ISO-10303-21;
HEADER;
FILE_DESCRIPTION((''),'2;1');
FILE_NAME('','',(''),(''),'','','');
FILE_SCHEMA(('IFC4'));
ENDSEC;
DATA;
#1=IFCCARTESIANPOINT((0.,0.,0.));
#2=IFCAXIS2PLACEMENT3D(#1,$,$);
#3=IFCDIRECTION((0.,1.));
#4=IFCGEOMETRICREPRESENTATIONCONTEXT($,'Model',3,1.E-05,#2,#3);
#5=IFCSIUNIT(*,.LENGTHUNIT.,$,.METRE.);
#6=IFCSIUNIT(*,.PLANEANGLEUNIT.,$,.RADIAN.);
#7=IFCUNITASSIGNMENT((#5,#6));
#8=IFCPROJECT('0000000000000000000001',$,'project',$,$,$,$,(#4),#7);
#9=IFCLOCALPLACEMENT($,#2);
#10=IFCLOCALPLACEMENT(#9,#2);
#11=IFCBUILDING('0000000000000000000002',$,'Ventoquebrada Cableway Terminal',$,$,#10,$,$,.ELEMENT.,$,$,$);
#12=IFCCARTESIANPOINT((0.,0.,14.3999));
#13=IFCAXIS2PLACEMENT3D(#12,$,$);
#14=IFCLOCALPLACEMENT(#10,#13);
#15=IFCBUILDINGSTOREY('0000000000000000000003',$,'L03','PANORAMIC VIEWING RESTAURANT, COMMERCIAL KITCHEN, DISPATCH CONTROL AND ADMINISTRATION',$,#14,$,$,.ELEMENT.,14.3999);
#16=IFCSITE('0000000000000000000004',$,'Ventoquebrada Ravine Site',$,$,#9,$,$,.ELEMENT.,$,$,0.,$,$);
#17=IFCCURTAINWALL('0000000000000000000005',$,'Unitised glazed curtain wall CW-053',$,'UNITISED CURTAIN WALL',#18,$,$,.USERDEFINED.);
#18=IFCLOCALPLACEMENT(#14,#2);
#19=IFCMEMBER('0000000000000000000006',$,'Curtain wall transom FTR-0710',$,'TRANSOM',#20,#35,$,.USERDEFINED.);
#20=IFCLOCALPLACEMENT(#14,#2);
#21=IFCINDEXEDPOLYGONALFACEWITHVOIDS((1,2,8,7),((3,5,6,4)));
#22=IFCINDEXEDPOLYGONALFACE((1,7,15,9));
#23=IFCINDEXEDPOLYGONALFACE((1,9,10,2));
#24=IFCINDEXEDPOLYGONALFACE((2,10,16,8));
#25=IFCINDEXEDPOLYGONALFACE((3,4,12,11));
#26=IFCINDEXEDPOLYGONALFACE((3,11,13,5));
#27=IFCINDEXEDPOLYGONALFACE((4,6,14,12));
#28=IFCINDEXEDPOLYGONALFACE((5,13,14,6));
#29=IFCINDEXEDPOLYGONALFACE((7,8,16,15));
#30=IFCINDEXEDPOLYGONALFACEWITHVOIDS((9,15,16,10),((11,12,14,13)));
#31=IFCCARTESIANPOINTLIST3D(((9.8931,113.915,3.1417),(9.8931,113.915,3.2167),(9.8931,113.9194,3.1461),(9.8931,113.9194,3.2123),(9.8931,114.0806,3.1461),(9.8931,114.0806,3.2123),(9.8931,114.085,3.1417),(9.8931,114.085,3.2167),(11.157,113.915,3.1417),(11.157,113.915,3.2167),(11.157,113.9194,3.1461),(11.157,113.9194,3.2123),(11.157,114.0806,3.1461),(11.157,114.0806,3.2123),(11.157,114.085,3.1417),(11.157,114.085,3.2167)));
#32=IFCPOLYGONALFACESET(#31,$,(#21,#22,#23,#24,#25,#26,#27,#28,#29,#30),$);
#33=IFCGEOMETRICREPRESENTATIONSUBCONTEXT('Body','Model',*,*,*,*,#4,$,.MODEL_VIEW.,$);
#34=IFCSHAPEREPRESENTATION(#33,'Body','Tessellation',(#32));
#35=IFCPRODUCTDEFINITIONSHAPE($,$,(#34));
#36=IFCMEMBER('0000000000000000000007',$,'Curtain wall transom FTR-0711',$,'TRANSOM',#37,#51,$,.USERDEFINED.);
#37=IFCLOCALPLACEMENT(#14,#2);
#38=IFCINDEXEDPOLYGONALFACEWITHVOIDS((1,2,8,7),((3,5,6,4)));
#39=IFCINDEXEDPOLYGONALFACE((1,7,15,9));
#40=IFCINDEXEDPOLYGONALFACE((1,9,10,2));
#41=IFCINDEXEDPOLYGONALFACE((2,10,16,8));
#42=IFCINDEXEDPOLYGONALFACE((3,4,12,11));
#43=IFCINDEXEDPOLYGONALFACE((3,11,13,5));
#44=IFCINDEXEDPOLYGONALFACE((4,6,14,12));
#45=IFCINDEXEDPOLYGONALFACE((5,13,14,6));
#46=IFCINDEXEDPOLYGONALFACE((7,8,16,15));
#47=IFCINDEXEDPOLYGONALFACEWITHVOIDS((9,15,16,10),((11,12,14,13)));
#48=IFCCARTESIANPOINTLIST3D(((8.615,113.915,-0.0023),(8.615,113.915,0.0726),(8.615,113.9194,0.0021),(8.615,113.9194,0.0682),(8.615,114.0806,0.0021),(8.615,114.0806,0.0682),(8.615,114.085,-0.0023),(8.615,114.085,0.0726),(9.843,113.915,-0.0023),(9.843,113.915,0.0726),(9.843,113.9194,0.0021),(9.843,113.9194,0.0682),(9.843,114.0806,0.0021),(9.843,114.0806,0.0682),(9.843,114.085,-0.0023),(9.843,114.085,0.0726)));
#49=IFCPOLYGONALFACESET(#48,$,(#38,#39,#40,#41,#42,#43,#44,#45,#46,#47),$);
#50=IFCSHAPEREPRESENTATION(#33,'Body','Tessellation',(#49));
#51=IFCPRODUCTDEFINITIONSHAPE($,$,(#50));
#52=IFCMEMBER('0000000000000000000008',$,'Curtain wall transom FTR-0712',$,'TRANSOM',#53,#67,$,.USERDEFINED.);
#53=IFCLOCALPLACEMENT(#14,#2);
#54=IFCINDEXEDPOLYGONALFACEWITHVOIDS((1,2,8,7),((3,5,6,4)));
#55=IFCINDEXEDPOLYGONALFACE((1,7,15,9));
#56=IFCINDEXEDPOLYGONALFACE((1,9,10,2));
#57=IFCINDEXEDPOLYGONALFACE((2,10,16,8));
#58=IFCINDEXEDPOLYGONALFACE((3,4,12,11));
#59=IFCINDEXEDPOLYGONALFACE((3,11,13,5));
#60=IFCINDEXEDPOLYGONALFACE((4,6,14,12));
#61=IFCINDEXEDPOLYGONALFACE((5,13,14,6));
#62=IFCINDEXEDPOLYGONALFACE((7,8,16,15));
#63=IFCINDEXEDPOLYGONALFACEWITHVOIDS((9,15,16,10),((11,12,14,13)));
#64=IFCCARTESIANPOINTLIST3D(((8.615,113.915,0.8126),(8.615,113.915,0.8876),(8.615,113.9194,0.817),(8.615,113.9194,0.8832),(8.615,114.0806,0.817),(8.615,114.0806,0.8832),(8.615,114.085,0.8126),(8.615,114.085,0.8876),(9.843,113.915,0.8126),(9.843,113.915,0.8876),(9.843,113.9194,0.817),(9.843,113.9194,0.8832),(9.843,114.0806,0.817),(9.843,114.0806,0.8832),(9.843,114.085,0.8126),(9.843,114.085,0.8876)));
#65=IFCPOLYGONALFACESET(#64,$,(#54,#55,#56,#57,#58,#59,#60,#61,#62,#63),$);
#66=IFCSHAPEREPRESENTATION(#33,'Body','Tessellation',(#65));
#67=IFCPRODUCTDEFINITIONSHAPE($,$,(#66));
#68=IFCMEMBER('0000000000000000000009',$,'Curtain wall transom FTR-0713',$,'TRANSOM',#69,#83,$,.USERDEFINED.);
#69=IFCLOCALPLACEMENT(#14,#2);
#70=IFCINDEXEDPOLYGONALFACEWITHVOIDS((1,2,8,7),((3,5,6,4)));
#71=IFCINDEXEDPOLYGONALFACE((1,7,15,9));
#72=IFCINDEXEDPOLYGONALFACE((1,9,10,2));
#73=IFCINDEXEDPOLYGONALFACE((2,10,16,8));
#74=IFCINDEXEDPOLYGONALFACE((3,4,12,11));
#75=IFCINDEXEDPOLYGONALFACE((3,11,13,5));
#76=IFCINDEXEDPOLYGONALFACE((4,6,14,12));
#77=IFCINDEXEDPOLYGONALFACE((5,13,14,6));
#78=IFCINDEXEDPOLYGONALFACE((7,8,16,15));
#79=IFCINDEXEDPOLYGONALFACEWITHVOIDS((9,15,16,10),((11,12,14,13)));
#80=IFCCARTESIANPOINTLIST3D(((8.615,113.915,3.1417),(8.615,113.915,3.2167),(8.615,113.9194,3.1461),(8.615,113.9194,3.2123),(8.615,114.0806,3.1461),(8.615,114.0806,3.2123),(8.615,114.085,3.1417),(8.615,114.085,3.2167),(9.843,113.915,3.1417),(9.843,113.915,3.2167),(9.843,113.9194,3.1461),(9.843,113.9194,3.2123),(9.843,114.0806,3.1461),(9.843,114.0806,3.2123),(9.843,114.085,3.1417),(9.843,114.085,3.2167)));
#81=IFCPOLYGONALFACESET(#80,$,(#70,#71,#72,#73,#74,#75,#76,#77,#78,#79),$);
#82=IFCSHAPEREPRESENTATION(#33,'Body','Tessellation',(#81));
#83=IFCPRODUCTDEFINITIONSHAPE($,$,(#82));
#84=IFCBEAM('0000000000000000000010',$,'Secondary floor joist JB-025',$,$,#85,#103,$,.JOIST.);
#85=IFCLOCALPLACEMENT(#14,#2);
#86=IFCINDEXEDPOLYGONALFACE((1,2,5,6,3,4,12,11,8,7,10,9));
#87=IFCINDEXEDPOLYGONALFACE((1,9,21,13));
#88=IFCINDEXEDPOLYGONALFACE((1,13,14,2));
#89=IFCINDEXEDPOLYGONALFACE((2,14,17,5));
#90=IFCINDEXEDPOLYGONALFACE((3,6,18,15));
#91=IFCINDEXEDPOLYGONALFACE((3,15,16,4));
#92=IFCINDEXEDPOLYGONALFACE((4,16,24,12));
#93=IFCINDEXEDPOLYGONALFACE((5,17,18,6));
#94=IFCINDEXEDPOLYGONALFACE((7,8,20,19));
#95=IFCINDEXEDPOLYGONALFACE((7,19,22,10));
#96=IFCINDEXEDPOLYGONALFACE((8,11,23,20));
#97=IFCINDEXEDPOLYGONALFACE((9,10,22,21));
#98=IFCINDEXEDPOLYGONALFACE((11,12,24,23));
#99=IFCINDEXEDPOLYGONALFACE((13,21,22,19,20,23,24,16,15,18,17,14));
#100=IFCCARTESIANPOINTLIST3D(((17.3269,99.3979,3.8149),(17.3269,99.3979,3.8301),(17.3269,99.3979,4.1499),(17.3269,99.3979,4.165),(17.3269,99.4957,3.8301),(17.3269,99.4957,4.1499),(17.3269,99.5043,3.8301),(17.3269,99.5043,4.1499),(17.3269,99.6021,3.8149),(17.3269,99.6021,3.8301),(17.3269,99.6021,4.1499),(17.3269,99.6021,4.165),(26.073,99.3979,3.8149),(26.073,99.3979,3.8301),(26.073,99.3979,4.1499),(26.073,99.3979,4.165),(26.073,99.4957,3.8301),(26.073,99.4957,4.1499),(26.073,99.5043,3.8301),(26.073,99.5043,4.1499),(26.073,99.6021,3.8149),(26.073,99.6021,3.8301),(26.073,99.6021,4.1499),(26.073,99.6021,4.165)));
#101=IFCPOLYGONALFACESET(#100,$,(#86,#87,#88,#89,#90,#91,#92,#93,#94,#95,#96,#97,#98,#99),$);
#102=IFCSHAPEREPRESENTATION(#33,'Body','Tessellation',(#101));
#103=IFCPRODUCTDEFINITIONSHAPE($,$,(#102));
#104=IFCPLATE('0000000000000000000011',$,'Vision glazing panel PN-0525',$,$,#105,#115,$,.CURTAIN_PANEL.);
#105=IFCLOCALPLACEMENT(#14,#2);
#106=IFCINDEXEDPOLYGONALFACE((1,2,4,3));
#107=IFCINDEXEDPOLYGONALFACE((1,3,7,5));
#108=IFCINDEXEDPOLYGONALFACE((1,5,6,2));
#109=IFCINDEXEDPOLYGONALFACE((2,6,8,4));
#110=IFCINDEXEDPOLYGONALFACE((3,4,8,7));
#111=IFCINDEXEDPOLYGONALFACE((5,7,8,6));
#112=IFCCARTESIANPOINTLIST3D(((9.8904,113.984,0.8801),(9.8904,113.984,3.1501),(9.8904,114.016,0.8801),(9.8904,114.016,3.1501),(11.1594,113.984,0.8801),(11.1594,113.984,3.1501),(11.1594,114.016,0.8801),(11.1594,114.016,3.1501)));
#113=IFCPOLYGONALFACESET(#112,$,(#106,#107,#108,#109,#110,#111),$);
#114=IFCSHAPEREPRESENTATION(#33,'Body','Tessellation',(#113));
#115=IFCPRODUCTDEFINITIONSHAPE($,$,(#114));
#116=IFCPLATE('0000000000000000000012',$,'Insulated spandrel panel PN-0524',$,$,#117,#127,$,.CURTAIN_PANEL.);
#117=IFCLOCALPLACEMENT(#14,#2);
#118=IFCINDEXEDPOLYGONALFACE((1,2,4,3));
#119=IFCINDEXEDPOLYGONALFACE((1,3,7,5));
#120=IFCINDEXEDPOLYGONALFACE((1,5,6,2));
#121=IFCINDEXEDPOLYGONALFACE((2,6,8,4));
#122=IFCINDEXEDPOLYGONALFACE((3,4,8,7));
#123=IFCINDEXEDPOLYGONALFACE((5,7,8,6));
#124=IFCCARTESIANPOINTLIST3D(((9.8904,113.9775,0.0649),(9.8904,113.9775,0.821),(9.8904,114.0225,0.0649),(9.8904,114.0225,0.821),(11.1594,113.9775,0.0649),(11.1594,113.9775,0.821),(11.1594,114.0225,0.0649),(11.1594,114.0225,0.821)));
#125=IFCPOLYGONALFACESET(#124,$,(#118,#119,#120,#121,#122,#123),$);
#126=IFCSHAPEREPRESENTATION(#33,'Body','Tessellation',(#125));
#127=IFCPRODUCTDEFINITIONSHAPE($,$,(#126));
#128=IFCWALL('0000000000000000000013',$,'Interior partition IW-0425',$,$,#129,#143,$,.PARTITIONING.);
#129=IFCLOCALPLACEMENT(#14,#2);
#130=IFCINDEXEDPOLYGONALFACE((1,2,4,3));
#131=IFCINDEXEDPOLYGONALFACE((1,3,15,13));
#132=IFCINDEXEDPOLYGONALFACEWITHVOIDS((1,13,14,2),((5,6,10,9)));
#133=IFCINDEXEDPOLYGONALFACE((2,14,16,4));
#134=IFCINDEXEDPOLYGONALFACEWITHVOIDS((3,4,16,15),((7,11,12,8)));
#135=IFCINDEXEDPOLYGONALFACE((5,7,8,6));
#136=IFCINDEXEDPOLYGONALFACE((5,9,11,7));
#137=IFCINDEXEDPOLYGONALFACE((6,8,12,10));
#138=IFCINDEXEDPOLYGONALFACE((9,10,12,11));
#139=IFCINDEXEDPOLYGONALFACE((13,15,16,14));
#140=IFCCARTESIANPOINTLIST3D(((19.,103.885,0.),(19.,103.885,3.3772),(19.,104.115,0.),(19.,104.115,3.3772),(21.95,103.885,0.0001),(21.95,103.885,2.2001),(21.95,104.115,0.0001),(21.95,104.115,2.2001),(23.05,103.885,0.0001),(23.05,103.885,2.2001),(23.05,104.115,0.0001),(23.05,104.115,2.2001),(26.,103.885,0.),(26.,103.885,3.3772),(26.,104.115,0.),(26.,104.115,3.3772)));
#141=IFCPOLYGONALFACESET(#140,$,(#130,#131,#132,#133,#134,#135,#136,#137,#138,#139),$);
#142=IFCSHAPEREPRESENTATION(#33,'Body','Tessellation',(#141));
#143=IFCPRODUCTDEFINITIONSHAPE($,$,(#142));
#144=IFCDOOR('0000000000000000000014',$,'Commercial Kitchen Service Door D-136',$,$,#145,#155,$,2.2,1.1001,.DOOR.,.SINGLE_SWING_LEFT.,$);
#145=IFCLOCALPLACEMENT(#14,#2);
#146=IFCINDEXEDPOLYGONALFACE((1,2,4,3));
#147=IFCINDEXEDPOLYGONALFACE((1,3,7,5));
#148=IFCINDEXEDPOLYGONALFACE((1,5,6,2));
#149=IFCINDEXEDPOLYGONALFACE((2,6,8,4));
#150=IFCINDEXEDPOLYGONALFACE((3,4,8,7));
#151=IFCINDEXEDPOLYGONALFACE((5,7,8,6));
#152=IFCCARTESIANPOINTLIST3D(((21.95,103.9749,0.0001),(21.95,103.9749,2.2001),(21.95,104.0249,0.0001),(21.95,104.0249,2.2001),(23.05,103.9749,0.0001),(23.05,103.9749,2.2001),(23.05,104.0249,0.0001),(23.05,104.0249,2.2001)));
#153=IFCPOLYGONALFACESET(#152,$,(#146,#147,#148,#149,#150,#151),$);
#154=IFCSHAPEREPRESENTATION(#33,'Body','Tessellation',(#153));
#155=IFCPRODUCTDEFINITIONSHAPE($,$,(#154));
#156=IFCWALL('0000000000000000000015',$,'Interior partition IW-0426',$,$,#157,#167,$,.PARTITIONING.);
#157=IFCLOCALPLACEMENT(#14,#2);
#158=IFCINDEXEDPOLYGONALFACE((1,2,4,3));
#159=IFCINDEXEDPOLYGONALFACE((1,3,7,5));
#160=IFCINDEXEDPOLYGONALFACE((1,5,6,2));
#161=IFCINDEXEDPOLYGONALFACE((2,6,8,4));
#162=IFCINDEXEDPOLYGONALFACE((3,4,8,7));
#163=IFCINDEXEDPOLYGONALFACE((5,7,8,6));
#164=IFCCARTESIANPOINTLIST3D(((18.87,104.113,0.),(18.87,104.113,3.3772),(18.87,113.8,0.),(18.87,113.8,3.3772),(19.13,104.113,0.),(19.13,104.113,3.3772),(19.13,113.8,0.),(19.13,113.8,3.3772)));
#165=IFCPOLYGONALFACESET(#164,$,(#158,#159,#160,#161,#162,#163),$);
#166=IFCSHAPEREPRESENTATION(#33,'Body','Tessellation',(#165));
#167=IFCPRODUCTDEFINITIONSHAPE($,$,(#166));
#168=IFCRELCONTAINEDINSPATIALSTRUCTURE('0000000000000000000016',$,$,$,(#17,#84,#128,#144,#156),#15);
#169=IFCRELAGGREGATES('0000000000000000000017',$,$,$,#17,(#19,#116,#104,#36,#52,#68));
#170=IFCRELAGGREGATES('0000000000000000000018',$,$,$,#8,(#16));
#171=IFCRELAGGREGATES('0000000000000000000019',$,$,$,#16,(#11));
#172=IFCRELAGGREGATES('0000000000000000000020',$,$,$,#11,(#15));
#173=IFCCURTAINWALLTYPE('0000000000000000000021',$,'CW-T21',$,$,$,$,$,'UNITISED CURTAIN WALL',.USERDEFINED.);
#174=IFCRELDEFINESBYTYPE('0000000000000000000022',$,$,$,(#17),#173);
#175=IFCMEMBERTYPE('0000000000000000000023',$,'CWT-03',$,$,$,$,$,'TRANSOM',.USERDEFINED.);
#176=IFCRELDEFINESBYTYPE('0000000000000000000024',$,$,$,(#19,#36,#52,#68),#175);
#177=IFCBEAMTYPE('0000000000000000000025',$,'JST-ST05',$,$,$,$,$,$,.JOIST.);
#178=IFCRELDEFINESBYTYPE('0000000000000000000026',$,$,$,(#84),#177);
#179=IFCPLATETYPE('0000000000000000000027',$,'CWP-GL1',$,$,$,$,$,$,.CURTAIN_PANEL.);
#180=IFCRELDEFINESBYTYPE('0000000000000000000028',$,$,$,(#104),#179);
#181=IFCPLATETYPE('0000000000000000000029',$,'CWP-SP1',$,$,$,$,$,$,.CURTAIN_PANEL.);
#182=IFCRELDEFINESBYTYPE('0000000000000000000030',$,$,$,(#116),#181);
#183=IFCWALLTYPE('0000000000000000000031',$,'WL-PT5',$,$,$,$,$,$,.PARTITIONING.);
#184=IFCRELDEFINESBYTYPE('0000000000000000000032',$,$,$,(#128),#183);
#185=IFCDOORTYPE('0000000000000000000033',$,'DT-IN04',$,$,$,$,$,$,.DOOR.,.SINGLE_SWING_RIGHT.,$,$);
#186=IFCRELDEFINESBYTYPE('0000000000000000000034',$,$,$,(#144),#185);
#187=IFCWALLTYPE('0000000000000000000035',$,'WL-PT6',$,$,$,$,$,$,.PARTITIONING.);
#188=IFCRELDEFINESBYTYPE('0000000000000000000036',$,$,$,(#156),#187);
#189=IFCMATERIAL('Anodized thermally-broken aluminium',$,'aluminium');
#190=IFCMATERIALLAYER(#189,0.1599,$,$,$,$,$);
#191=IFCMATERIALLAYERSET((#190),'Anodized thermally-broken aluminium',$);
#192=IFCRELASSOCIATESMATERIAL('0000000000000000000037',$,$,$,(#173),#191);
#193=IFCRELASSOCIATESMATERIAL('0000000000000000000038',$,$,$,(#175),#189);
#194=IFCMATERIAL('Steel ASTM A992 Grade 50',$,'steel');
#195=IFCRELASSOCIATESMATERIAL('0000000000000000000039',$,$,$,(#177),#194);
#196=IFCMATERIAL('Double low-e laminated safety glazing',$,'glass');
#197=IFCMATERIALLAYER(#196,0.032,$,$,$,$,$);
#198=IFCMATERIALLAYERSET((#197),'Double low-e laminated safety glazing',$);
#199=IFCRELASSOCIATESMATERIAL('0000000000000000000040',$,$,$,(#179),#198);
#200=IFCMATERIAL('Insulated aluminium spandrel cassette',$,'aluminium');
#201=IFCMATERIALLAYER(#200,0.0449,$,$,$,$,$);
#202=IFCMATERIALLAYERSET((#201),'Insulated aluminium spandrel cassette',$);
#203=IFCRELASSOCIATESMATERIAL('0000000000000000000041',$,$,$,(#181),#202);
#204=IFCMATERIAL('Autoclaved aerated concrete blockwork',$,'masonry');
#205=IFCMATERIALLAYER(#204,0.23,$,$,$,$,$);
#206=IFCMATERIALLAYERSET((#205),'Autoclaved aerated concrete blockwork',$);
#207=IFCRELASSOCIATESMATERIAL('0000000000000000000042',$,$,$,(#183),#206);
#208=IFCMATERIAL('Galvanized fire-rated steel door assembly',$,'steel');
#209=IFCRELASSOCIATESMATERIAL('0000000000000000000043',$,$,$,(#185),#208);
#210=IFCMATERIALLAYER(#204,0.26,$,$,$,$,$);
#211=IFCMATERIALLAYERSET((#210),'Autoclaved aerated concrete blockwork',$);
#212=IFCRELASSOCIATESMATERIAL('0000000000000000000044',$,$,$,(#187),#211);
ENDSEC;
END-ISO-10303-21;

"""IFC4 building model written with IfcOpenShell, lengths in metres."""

from ifc_helpers import new_model, si_unit, direction, frame, frame_2d, origin, origin_2d, place, context, subcontext, project, spatial, rectangle, hollow_rectangle, i_section, extrude, material, layer, layer_set, material_profile, profile_set, type_object, element, fill, aggregate, save


model = new_model("IFC4")

# Units and contexts
model_context = context("Model", 3, precision=1e-05, world=origin(), true_north=direction((0.0, 1.0)))
body_context = subcontext(model_context, "Body", "Model", "MODEL_VIEW")
ifc_project = project(units=[si_unit("LENGTHUNIT", "METRE"), si_unit("PLANEANGLEUNIT", "RADIAN")], contexts=[model_context])

# Site, building, storey
site_placement = place(None, origin())
site = spatial("IfcSite", under=ifc_project, at=site_placement, Name="Ventoquebrada Ravine Site", CompositionType="ELEMENT", RefElevation=0.0)
building_placement = place(site_placement, origin())
building = spatial("IfcBuilding", under=site, at=building_placement, Name="Ventoquebrada Cableway Terminal", CompositionType="ELEMENT")
storey_placement = place(building_placement, frame((0.0, 0.0, 14.3999)))
storey = spatial("IfcBuildingStorey", under=building, at=storey_placement, Name="L03", Description="PANORAMIC VIEWING RESTAURANT, COMMERCIAL KITCHEN, DISPATCH CONTROL AND ADMINISTRATION", CompositionType="ELEMENT", Elevation=14.3999)

# Shared definitions
ifc_material_1 = material(Name="Steel ASTM A992 Grade 50", Category="steel")

# Curtain wall, members
ifc_material_2 = material(Name="Anodized thermally-broken aluminium", Category="aluminium")
ifc_layer_1 = layer(ifc_material_2, 0.1599)
ifc_layer_set_1 = layer_set([ifc_layer_1], Name="Anodized thermally-broken aluminium")
curtain_wall_type = type_object("IfcCurtainWallType", Name="CW-T21", ElementType="UNITISED CURTAIN WALL", PredefinedType="USERDEFINED", material=ifc_layer_set_1)
curtain_wall_placement = place(storey_placement, origin())
curtain_wall = element("IfcCurtainWall", 1, at=curtain_wall_placement, inside=storey, type_object=curtain_wall_type, Name="Unitised glazed curtain wall CW-053", ObjectType="UNITISED CURTAIN WALL", PredefinedType="USERDEFINED")
ifc_material_profile_1 = material_profile(ifc_material_2, hollow_rectangle(XDim=0.075, YDim=0.1699, WallThickness=0.0044, at=origin_2d()), Name="CW-TRN-75X170")
ifc_profile_set_1 = profile_set([ifc_material_profile_1], Name="Anodized thermally-broken aluminium")
member_type_1 = type_object("IfcMemberType", Name="CWT-03", ElementType="TRANSOM", PredefinedType="USERDEFINED", material=ifc_profile_set_1)
member_1_placement = place(storey_placement, frame((11.157, 114.0, 3.1792), z_axis=(-1.0, 0.0, 0.0), x_axis=(0.0, 0.0, 1.0)))
member_1 = element("IfcMember", 2, at=member_1_placement, type_object=member_type_1, Name="Curtain wall transom FTR-0710", ObjectType="TRANSOM", PredefinedType="USERDEFINED", context=body_context, shape_type="SweptSolid", body=[
    extrude(hollow_rectangle(XDim=0.075, YDim=0.1699, WallThickness=0.0044, at=origin_2d()), origin(), (0.0, 0.0, 1.0), 1.2639),
])
member_2_placement = place(storey_placement, frame((9.843, 114.0, 0.0352), z_axis=(-1.0, 0.0, 0.0), x_axis=(0.0, 0.0, 1.0)))
member_2 = element("IfcMember", 3, at=member_2_placement, type_object=member_type_1, Name="Curtain wall transom FTR-0711", ObjectType="TRANSOM", PredefinedType="USERDEFINED", context=body_context, shape_type="SweptSolid", body=[
    extrude(hollow_rectangle(XDim=0.075, YDim=0.1699, WallThickness=0.0044, at=origin_2d()), origin(), (0.0, 0.0, 1.0), 1.228),
])
member_3_placement = place(storey_placement, frame((9.843, 114.0, 0.8501), z_axis=(-1.0, 0.0, 0.0), x_axis=(0.0, 0.0, 1.0)))
member_3 = element("IfcMember", 4, at=member_3_placement, type_object=member_type_1, Name="Curtain wall transom FTR-0712", ObjectType="TRANSOM", PredefinedType="USERDEFINED", context=body_context, shape_type="SweptSolid", body=[
    extrude(hollow_rectangle(XDim=0.075, YDim=0.1699, WallThickness=0.0044, at=origin_2d()), origin(), (0.0, 0.0, 1.0), 1.228),
])
member_4_placement = place(storey_placement, frame((9.843, 114.0, 3.1792), z_axis=(-1.0, 0.0, 0.0), x_axis=(0.0, 0.0, 1.0)))
member_4 = element("IfcMember", 5, at=member_4_placement, type_object=member_type_1, Name="Curtain wall transom FTR-0713", ObjectType="TRANSOM", PredefinedType="USERDEFINED", context=body_context, shape_type="SweptSolid", body=[
    extrude(hollow_rectangle(XDim=0.075, YDim=0.1699, WallThickness=0.0044, at=origin_2d()), origin(), (0.0, 0.0, 1.0), 1.228),
])

# Beam
ifc_material_profile_2 = material_profile(ifc_material_1, i_section(OverallWidth=0.2041, OverallDepth=0.3501, WebThickness=0.0085, FlangeThickness=0.0151, at=origin_2d()), Name="W14X48")
ifc_profile_set_2 = profile_set([ifc_material_profile_2], Name="Steel ASTM A992 Grade 50")
beam_type_1 = type_object("IfcBeamType", Name="JST-ST05", PredefinedType="JOIST", material=ifc_profile_set_2)
beam_1_placement = place(storey_placement, frame((17.3269, 99.5, 3.99), z_axis=(1.0, 0.0, 0.0), x_axis=(0.0, 1.0, 0.0)))
element("IfcBeam", 6, at=beam_1_placement, inside=storey, type_object=beam_type_1, Name="Secondary floor joist JB-025", PredefinedType="JOIST", context=body_context, shape_type="SweptSolid", body=[
    extrude(i_section(OverallWidth=0.2041, OverallDepth=0.3501, WebThickness=0.0085, FlangeThickness=0.0151, at=origin_2d()), origin(), (0.0, 0.0, 1.0), 8.7461),
])

# Plates
ifc_material_3 = material(Name="Double low-e laminated safety glazing", Category="glass")
ifc_layer_2 = layer(ifc_material_3, 0.032)
ifc_layer_set_2 = layer_set([ifc_layer_2], Name="Double low-e laminated safety glazing")
plate_type_1 = type_object("IfcPlateType", Name="CWP-GL1", PredefinedType="CURTAIN_PANEL", material=ifc_layer_set_2)
plate_1_placement = place(storey_placement, frame((10.5249, 114.0, 0.8801), z_axis=(0.0, 0.0, 1.0), x_axis=(-1.0, 0.0, 0.0)))
plate_1 = element("IfcPlate", 7, at=plate_1_placement, type_object=plate_type_1, Name="Vision glazing panel PN-0525", PredefinedType="CURTAIN_PANEL", context=body_context, shape_type="SweptSolid", body=[
    extrude(rectangle(XDim=1.269, YDim=0.032, at=origin_2d()), origin(), (0.0, 0.0, 1.0), 2.27),
])
ifc_material_4 = material(Name="Insulated aluminium spandrel cassette", Category="aluminium")
ifc_layer_3 = layer(ifc_material_4, 0.0449)
ifc_layer_set_3 = layer_set([ifc_layer_3], Name="Insulated aluminium spandrel cassette")
plate_type_2 = type_object("IfcPlateType", Name="CWP-SP1", PredefinedType="CURTAIN_PANEL", material=ifc_layer_set_3)
plate_2_placement = place(storey_placement, frame((10.5249, 114.0, 0.0649), z_axis=(0.0, 0.0, 1.0), x_axis=(-1.0, 0.0, 0.0)))
plate_2 = element("IfcPlate", 8, at=plate_2_placement, type_object=plate_type_2, Name="Insulated spandrel panel PN-0524", PredefinedType="CURTAIN_PANEL", context=body_context, shape_type="SweptSolid", body=[
    extrude(rectangle(XDim=1.269, YDim=0.0449, at=origin_2d()), origin(), (0.0, 0.0, 1.0), 0.7561),
])
aggregate(curtain_wall, [member_1, plate_2, plate_1, member_2, member_3, member_4])

# Wall, opening, door
ifc_material_5 = material(Name="Autoclaved aerated concrete blockwork", Category="masonry")
ifc_layer_4 = layer(ifc_material_5, 0.23)
ifc_layer_set_4 = layer_set([ifc_layer_4], Name="Autoclaved aerated concrete blockwork")
wall_type_1 = type_object("IfcWallType", Name="WL-PT5", PredefinedType="PARTITIONING", material=ifc_layer_set_4)
wall_1_placement = place(storey_placement, frame((19.0, 104.0, 0.0), z_axis=(0.0, 0.0, 1.0), x_axis=(1.0, 0.0, 0.0)))
wall_1 = element("IfcWall", 9, at=wall_1_placement, inside=storey, type_object=wall_type_1, Name="Interior partition IW-0425", PredefinedType="PARTITIONING", context=body_context, shape_type="SweptSolid", body=[
    extrude(rectangle(XDim=7.0, YDim=0.23, at=frame_2d((3.5, 0.0))), origin(), (0.0, 0.0, 1.0), 3.3772),
])
opening_1_placement = place(wall_1_placement, frame((2.95, 0.0, 0.0)))
opening_1 = element("IfcOpeningElement", 10, at=opening_1_placement, cuts=wall_1, PredefinedType="OPENING", context=body_context, shape_type="SweptSolid", body=[
    extrude(rectangle(XDim=1.1001, YDim=2.2, at=frame_2d((0.55, 1.1001))), frame((0.0, 0.125, 0.0), z_axis=(0.0, -1.0, 0.0), x_axis=(1.0, 0.0, 0.0)), (0.0, 0.0, 1.0), 0.25),
])
ifc_material_6 = material(Name="Galvanized fire-rated steel door assembly", Category="steel")
door_type_1 = type_object("IfcDoorType", Name="DT-IN04", OperationType="SINGLE_SWING_RIGHT", PredefinedType="DOOR", material=ifc_material_6)
door_1_placement = place(opening_1_placement, origin())
door_1 = element("IfcDoor", 11, at=door_1_placement, inside=storey, type_object=door_type_1, Name="Commercial Kitchen Service Door D-136", OperationType="SINGLE_SWING_LEFT", OverallHeight=2.2, OverallWidth=1.1001, PredefinedType="DOOR", context=body_context, shape_type="SweptSolid", body=[
    extrude(rectangle(XDim=1.1001, YDim=2.2, at=frame_2d((0.55, 1.1001))), frame((0.0, 0.0249, 0.0), z_axis=(0.0, -1.0, 0.0), x_axis=(1.0, 0.0, 0.0)), (0.0, 0.0, 1.0), 0.05),
])
fill(opening_1, door_1)

# Wall
ifc_layer_5 = layer(ifc_material_5, 0.26)
ifc_layer_set_5 = layer_set([ifc_layer_5], Name="Autoclaved aerated concrete blockwork")
wall_type_2 = type_object("IfcWallType", Name="WL-PT6", PredefinedType="PARTITIONING", material=ifc_layer_set_5)
wall_2_placement = place(storey_placement, frame((19.0, 104.113, 0.0), z_axis=(0.0, 0.0, 1.0), x_axis=(0.0, 1.0, 0.0)))
element("IfcWall", 12, at=wall_2_placement, inside=storey, type_object=wall_type_2, Name="Interior partition IW-0426", PredefinedType="PARTITIONING", context=body_context, shape_type="SweptSolid", body=[
    extrude(rectangle(XDim=9.687, YDim=0.26, at=frame_2d((4.8435, 0.0))), origin(), (0.0, 0.0, 1.0), 3.3772),
])

save(model, "model.ifc")
